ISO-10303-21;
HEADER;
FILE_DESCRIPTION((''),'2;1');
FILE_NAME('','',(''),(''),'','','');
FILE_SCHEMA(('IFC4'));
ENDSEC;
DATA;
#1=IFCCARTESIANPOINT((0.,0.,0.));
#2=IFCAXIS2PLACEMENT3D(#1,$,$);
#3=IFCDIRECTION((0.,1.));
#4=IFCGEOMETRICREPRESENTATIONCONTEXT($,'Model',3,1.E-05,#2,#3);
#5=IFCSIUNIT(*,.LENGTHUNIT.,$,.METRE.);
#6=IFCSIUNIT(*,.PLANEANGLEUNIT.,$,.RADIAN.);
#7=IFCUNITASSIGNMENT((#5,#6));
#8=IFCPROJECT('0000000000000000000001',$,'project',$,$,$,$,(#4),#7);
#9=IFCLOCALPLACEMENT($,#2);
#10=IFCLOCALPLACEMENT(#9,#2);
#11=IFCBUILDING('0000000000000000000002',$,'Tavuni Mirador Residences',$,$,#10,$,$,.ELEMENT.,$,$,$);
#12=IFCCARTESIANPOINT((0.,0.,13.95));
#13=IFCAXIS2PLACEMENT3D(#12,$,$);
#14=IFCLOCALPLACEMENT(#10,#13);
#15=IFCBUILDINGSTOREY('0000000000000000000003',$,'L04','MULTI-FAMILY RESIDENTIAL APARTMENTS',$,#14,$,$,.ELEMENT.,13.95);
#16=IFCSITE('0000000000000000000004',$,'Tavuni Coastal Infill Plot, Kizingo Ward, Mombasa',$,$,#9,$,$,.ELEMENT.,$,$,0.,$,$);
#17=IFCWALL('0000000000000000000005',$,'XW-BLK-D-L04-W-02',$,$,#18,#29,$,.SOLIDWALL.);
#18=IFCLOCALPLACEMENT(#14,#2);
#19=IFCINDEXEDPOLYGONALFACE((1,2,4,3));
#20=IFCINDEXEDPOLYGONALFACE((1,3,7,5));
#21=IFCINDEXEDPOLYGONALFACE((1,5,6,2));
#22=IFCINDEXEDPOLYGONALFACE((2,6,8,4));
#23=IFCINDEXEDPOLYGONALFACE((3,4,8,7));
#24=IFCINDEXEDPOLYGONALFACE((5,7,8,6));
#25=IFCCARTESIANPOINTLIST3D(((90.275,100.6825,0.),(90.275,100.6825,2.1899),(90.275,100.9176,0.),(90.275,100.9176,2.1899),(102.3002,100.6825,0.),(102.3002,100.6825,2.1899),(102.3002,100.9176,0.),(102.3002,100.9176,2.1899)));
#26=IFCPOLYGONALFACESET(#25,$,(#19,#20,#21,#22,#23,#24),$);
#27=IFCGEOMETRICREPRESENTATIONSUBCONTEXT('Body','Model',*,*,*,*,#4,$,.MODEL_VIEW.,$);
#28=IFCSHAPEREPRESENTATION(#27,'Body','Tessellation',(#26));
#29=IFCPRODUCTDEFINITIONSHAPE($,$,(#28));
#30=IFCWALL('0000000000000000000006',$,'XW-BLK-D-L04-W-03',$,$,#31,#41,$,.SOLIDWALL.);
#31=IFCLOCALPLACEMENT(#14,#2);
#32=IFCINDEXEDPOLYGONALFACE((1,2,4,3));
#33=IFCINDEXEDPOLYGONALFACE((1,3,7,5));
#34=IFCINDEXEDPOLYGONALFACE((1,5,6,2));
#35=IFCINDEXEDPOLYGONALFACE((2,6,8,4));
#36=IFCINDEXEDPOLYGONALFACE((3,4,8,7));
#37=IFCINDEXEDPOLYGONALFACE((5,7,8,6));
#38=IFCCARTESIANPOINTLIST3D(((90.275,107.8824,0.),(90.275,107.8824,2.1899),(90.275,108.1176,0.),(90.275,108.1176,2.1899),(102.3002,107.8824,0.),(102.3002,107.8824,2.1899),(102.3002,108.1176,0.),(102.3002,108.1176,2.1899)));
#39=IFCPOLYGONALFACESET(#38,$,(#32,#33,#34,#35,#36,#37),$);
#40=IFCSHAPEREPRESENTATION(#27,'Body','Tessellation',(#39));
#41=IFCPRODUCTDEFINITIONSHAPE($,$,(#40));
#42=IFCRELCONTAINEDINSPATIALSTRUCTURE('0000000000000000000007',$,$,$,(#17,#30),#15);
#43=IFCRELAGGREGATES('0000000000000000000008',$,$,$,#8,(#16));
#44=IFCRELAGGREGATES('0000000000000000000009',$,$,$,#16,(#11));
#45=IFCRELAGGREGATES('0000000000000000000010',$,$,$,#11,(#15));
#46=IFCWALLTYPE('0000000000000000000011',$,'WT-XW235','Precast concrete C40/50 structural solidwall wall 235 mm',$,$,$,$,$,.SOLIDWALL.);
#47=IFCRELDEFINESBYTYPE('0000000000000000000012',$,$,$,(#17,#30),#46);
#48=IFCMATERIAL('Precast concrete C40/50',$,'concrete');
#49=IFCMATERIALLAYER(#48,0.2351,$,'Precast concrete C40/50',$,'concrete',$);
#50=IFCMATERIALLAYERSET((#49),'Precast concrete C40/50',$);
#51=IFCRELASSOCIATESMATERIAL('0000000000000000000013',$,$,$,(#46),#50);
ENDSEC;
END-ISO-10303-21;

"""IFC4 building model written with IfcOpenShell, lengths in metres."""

from ifc_helpers import new_model, si_unit, direction, frame, frame_2d, origin, place, context, subcontext, project, spatial, rectangle, extrude, material, layer, layer_set, type_object, element, save


model = new_model("IFC4")

# Units and contexts
model_context = context("Model", 3, precision=1e-05, world=origin(), true_north=direction((0.0, 1.0)))
body_context = subcontext(model_context, "Body", "Model", "MODEL_VIEW")
ifc_project = project(units=[si_unit("LENGTHUNIT", "METRE"), si_unit("PLANEANGLEUNIT", "RADIAN")], contexts=[model_context])

# Site, building, storey
site_placement = place(None, origin())
site = spatial("IfcSite", under=ifc_project, at=site_placement, Name="Tavuni Coastal Infill Plot, Kizingo Ward, Mombasa", CompositionType="ELEMENT", RefElevation=0.0)
building_placement = place(site_placement, origin())
building = spatial("IfcBuilding", under=site, at=building_placement, Name="Tavuni Mirador Residences", CompositionType="ELEMENT")
storey_placement = place(building_placement, frame((0.0, 0.0, 13.95)))
storey = spatial("IfcBuildingStorey", under=building, at=storey_placement, Name="L04", Description="MULTI-FAMILY RESIDENTIAL APARTMENTS", CompositionType="ELEMENT", Elevation=13.95)

# Shared definitions
ifc_material_1 = material(Name="Precast concrete C40/50", Category="concrete")

# Walls
ifc_layer_1 = layer(ifc_material_1, 0.2351, Name="Precast concrete C40/50", Category="concrete")
ifc_layer_set_1 = layer_set([ifc_layer_1], Name="Precast concrete C40/50")
wall_type_1 = type_object("IfcWallType", Name="WT-XW235", Description="Precast concrete C40/50 structural solidwall wall 235 mm", PredefinedType="SOLIDWALL", material=ifc_layer_set_1)
for number, where, z_axis, x_axis, name in (
    (1, (90.2749, 100.8, 0.0), (0.0, 0.0, 1.0), (1.0, 0.0, 0.0), "XW-BLK-D-L04-W-02"),
    (2, (90.2749, 108.0, 0.0), (0.0, 0.0, 1.0), (1.0, 0.0, 0.0), "XW-BLK-D-L04-W-03"),
):
    element("IfcWall", number, at=place(storey_placement, frame(where, z_axis=z_axis, x_axis=x_axis)), inside=storey, type_object=wall_type_1, Name=name, PredefinedType="SOLIDWALL", context=body_context, shape_type="SweptSolid", body=[
        extrude(rectangle(XDim=12.0251, YDim=0.2351, at=frame_2d((6.0127, 0.0))), origin(), (0.0, 0.0, 1.0), 2.1899),
    ])

save(model, "model.ifc")
